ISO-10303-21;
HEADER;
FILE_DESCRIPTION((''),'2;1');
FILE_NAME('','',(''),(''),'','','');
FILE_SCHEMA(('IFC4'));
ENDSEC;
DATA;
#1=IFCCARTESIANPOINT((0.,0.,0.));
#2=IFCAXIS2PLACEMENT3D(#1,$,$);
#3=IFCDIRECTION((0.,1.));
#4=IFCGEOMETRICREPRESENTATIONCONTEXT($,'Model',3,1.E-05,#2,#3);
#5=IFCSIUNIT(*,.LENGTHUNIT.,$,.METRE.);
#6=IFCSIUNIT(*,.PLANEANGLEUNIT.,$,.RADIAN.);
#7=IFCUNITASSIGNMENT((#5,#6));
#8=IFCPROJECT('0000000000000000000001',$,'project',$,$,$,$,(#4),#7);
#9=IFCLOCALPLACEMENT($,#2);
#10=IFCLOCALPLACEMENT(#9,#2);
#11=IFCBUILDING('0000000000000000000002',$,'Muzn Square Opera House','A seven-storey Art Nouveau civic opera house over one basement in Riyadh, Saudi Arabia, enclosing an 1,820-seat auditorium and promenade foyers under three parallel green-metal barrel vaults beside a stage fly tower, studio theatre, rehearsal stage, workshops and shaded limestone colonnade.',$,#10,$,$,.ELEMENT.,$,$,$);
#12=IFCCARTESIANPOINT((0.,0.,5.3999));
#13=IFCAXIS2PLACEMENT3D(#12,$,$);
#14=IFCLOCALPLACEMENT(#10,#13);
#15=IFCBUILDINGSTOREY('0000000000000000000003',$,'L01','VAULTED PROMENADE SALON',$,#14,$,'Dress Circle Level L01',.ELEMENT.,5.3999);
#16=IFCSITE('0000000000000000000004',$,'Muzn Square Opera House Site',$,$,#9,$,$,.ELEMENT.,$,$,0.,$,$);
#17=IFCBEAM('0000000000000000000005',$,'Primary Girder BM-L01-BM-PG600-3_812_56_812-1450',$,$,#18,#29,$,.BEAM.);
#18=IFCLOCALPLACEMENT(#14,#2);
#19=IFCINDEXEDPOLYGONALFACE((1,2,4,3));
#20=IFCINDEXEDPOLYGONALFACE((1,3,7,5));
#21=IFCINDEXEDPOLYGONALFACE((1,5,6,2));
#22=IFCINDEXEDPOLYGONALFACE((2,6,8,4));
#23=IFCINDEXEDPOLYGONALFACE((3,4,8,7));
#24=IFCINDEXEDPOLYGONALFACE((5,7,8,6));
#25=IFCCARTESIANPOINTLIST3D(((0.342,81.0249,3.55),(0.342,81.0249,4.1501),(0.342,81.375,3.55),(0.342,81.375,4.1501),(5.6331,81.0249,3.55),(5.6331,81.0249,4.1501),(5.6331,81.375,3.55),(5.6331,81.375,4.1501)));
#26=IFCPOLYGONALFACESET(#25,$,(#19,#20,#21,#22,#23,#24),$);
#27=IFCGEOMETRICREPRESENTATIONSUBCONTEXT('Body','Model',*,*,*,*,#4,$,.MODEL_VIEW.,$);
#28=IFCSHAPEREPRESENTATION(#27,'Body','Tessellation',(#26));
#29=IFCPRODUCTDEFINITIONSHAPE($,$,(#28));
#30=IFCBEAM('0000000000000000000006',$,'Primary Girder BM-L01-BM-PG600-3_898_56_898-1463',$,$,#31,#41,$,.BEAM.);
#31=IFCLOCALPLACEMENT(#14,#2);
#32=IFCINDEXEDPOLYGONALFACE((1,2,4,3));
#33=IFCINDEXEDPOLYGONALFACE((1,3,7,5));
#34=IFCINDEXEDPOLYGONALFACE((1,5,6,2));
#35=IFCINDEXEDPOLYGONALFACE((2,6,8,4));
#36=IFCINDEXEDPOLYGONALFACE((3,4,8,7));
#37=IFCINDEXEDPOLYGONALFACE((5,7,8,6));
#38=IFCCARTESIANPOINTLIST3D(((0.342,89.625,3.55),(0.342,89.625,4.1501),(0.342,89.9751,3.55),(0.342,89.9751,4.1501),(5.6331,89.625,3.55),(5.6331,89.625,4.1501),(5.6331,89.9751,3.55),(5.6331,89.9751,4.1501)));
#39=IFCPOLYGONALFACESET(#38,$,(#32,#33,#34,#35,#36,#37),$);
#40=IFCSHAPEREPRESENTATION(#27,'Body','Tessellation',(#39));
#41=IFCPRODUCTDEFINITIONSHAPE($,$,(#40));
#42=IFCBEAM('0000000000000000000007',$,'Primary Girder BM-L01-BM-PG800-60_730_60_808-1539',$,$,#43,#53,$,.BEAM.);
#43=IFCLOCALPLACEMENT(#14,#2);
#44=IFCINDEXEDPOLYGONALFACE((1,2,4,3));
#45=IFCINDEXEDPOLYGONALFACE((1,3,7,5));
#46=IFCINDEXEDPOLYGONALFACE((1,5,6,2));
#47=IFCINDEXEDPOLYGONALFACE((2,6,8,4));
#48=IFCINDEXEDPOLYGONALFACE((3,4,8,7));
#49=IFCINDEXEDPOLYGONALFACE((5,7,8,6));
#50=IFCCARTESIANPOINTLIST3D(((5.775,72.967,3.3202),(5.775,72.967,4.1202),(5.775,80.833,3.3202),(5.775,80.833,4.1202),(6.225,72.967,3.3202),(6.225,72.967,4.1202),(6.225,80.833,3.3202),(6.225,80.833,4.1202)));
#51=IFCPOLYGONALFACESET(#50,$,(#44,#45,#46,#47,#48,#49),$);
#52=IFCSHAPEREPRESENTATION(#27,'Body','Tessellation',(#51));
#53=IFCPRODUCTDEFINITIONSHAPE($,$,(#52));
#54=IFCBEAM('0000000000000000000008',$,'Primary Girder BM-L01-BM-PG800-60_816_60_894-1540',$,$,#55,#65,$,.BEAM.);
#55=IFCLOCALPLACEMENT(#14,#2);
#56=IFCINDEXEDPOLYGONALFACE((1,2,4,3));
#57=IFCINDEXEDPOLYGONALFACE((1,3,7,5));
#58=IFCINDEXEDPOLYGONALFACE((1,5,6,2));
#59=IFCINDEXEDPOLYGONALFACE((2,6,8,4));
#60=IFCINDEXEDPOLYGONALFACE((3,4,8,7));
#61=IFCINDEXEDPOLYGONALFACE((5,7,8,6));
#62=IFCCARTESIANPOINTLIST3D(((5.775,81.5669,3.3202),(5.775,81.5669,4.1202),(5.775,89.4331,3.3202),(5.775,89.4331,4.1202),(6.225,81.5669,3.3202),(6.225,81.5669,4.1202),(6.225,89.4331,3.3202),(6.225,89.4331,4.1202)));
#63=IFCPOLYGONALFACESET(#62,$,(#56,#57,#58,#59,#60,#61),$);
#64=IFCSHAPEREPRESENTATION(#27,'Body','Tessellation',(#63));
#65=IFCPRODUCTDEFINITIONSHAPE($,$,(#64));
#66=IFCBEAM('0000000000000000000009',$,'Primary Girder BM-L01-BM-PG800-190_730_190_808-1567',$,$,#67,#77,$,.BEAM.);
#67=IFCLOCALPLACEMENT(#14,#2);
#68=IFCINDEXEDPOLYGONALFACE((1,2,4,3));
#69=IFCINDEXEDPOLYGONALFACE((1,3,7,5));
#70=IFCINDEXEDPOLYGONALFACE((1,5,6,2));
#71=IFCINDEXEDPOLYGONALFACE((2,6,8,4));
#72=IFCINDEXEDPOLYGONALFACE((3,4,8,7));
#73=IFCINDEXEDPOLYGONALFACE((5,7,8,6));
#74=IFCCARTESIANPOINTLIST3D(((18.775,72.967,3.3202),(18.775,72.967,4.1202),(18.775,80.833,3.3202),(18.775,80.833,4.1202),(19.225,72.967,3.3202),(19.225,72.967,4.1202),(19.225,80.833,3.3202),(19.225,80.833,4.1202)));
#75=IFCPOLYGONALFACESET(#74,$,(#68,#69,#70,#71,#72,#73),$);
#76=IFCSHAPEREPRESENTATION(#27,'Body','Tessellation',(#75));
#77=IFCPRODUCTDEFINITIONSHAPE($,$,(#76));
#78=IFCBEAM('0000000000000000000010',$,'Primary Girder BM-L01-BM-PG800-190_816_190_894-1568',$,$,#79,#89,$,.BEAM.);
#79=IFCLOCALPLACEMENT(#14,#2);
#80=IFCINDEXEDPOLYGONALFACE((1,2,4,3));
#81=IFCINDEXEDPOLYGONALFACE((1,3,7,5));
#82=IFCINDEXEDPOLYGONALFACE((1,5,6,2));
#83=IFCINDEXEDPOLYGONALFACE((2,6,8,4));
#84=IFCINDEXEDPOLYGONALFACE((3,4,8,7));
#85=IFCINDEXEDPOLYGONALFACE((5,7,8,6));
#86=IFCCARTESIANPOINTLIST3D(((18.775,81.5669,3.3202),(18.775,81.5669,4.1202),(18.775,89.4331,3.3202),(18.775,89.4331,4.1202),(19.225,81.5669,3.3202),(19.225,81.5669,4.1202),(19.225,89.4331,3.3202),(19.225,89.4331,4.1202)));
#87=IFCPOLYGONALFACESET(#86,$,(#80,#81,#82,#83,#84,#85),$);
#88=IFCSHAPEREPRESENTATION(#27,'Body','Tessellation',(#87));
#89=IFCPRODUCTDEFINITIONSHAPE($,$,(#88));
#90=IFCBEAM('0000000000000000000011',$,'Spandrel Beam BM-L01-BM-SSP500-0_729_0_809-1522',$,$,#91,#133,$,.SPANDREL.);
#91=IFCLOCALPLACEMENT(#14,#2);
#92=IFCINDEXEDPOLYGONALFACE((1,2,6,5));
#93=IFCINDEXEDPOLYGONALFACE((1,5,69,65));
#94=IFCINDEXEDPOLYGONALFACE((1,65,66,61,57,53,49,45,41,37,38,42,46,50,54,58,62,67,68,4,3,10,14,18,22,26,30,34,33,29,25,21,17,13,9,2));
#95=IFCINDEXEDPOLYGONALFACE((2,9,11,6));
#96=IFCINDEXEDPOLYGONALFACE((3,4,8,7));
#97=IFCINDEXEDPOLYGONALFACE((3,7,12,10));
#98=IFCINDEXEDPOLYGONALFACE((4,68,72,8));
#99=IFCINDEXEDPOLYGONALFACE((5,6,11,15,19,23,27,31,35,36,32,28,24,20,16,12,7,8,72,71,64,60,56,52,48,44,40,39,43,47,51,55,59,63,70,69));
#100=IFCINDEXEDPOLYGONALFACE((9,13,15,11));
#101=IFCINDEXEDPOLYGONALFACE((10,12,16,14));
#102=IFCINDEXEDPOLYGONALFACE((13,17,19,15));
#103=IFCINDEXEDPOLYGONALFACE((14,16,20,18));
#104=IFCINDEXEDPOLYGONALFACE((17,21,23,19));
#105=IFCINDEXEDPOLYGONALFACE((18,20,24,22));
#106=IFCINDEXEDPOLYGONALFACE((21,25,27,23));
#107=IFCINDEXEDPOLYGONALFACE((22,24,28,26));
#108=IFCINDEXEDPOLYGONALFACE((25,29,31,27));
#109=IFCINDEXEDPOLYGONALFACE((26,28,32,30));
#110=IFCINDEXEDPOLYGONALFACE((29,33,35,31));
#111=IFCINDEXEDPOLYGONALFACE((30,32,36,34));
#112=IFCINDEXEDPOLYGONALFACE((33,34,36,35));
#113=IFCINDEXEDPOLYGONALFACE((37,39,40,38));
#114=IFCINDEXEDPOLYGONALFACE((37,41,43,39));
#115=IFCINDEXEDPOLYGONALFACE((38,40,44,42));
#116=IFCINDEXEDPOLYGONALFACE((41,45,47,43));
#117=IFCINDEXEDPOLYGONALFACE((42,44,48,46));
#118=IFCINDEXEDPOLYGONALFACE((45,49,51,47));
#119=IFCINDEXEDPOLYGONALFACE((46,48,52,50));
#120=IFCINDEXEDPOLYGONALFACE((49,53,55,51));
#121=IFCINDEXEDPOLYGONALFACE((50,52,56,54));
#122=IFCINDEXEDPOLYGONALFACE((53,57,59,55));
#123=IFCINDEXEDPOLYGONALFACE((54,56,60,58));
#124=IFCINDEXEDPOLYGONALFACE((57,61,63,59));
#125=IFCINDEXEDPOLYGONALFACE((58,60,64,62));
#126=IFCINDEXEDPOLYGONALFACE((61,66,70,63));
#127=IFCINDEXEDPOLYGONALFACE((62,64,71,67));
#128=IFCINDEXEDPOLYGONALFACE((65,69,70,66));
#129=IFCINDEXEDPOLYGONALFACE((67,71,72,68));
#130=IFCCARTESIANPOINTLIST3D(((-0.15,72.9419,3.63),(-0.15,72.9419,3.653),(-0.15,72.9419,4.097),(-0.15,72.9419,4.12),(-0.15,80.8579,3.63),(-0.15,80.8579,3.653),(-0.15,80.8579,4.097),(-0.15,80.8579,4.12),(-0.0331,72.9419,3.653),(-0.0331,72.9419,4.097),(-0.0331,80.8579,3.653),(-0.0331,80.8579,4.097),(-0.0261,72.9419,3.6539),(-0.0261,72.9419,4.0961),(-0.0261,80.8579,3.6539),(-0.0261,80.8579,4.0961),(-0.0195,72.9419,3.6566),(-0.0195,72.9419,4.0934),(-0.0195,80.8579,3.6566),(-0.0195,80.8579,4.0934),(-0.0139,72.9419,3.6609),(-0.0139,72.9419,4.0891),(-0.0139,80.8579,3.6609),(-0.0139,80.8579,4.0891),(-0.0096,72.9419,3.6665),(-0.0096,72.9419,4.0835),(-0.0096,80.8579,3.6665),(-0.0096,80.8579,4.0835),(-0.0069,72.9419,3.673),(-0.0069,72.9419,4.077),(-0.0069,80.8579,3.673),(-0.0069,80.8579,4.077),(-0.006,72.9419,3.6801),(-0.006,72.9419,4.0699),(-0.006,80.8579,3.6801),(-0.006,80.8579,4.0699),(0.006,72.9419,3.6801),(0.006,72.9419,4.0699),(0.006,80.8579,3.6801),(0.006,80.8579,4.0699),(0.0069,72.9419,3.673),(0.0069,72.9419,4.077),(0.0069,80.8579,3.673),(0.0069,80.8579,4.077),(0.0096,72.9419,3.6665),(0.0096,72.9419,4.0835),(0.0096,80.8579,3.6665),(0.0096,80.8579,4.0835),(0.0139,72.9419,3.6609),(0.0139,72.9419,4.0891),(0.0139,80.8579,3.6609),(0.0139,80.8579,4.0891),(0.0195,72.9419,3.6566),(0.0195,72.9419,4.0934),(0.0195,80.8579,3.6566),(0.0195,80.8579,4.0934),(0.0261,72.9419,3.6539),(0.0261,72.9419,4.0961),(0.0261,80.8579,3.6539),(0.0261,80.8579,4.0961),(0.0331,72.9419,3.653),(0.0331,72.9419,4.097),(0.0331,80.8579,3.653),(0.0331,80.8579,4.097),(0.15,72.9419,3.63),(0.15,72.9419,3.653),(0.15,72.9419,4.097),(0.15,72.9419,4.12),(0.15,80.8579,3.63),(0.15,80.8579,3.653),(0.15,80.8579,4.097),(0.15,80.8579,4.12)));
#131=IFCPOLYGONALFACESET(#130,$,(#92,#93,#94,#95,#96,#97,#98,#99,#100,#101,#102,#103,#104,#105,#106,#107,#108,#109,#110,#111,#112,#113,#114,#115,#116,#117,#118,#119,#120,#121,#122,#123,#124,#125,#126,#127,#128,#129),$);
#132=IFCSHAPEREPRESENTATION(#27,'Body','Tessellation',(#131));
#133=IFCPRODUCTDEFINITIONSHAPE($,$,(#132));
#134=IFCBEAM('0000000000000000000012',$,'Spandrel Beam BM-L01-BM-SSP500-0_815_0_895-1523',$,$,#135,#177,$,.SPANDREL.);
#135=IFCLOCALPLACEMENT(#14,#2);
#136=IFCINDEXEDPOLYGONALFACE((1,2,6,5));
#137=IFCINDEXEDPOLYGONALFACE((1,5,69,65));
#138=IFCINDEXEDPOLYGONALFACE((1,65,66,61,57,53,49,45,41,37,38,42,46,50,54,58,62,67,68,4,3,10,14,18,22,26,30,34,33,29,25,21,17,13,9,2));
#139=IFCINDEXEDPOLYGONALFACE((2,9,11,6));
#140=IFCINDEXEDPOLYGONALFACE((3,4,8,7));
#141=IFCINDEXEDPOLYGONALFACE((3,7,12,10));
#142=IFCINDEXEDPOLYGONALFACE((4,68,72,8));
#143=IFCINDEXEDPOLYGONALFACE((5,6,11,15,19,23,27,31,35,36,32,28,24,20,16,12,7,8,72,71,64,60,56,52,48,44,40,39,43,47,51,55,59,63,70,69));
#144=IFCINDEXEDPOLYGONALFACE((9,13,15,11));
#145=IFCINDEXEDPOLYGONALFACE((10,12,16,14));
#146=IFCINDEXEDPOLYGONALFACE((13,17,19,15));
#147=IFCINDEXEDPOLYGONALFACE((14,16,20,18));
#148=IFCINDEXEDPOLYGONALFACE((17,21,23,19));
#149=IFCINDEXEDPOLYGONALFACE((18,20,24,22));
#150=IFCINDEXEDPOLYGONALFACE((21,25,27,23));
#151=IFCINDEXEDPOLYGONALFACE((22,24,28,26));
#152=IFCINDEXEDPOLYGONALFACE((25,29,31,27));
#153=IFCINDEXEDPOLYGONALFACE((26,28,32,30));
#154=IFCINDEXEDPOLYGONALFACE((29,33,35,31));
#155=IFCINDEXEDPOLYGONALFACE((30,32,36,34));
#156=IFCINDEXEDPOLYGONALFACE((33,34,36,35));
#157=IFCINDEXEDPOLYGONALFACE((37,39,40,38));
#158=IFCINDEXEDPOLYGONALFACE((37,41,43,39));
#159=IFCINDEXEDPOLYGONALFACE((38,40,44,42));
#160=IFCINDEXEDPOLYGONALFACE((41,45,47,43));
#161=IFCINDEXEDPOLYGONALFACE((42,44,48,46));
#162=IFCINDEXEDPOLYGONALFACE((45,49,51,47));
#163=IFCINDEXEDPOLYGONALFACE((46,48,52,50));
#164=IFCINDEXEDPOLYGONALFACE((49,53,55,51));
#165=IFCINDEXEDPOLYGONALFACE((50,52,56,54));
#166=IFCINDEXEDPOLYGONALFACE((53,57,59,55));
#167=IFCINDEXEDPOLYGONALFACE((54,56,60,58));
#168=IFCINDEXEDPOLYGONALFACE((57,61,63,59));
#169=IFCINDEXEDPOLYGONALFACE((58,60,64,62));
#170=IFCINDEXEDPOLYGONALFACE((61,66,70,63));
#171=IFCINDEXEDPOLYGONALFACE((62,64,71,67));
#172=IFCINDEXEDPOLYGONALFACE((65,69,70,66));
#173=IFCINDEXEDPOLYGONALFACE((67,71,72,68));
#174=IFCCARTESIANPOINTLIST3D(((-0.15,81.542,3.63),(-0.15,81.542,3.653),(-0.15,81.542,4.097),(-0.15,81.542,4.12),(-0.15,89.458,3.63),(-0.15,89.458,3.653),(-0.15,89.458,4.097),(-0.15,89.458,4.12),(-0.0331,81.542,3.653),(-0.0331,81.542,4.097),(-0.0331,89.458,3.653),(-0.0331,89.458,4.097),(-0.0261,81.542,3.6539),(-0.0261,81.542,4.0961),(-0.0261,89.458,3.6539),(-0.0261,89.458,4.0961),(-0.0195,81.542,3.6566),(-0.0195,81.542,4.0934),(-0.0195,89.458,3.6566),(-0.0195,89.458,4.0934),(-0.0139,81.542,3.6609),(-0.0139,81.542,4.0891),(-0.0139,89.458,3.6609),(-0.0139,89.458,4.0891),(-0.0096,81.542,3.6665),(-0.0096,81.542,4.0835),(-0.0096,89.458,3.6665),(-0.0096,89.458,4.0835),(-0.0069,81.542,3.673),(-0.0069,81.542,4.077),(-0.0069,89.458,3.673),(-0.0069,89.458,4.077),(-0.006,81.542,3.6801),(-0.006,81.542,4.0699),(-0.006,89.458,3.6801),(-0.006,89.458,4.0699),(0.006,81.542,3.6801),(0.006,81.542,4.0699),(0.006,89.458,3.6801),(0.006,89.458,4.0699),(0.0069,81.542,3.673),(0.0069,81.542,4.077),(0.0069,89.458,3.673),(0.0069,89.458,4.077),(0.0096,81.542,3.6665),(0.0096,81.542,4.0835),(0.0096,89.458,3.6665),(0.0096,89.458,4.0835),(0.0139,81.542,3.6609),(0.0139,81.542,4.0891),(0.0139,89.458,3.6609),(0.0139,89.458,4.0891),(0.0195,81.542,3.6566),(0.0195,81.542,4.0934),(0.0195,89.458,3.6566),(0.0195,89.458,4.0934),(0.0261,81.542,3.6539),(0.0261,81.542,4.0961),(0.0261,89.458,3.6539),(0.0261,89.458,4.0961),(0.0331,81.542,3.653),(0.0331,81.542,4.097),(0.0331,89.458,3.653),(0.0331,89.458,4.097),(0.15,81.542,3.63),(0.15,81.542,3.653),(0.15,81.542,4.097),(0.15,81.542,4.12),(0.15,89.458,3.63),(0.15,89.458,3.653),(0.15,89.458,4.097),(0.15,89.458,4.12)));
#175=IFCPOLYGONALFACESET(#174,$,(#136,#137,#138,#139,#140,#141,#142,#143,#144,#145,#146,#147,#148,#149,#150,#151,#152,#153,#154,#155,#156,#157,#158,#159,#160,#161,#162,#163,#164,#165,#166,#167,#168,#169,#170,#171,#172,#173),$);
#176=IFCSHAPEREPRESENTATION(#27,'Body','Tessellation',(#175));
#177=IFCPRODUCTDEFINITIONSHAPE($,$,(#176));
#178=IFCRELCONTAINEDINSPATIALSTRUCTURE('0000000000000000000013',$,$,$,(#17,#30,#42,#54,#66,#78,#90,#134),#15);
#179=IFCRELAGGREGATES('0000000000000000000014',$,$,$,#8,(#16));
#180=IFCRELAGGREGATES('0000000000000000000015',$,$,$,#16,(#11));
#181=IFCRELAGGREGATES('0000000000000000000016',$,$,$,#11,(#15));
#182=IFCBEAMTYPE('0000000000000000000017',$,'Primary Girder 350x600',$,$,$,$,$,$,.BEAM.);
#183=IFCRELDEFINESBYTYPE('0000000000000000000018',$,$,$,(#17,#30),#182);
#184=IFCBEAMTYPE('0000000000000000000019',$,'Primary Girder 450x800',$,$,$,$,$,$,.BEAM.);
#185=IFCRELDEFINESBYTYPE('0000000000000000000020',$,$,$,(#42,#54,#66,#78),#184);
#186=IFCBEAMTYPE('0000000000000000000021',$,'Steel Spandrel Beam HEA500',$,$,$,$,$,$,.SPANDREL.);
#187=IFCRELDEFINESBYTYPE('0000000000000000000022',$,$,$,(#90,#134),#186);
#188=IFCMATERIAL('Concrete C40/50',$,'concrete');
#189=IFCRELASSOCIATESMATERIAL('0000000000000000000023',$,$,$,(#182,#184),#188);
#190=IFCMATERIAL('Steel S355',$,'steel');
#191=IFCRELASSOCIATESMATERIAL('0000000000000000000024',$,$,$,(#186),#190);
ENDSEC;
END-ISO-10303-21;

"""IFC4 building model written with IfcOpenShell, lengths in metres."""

from ifc_helpers import new_model, si_unit, direction, frame, origin, origin_2d, place, context, subcontext, project, spatial, rectangle, i_section, extrude, material, material_profile, profile_set, type_object, element, save


model = new_model("IFC4")

# Units and contexts
model_context = context("Model", 3, precision=1e-05, world=origin(), true_north=direction((0.0, 1.0)))
body_context = subcontext(model_context, "Body", "Model", "MODEL_VIEW")
ifc_project = project(units=[si_unit("LENGTHUNIT", "METRE"), si_unit("PLANEANGLEUNIT", "RADIAN")], contexts=[model_context])

# Site, building, storey
site_placement = place(None, origin())
site = spatial("IfcSite", under=ifc_project, at=site_placement, Name="Muzn Square Opera House Site", CompositionType="ELEMENT", RefElevation=0.0)
building_placement = place(site_placement, origin())
building = spatial("IfcBuilding", under=site, at=building_placement, Name="Muzn Square Opera House", Description="A seven-storey Art Nouveau civic opera house over one basement in Riyadh, Saudi Arabia, enclosing an 1,820-seat auditorium and promenade foyers under three parallel green-metal barrel vaults beside a stage fly tower, studio theatre, rehearsal stage, workshops and shaded limestone colonnade.", CompositionType="ELEMENT")
storey_placement = place(building_placement, frame((0.0, 0.0, 5.3999)))
storey = spatial("IfcBuildingStorey", under=building, at=storey_placement, Name="L01", Description="VAULTED PROMENADE SALON", LongName="Dress Circle Level L01", CompositionType="ELEMENT", Elevation=5.3999)

# Beams
ifc_material_1 = material(Name="Concrete C40/50", Category="concrete")
ifc_material_profile_1 = material_profile(ifc_material_1, rectangle(XDim=0.3501, YDim=0.6001, at=origin_2d()), Name="RCB 350x600", Category="concrete")
ifc_profile_set_1 = profile_set([ifc_material_profile_1], Name="Concrete C40/50")
beam_type_1 = type_object("IfcBeamType", Name="Primary Girder 350x600", PredefinedType="BEAM", material=ifc_profile_set_1)
for number, where, z_axis, x_axis, name in (
    (1, (0.342, 81.2, 3.8501), (1.0, 0.0, 0.0), (0.0, 1.0, 0.0), "Primary Girder BM-L01-BM-PG600-3_812_56_812-1450"),
    (2, (0.342, 89.8, 3.8501), (1.0, 0.0, 0.0), (0.0, 1.0, 0.0), "Primary Girder BM-L01-BM-PG600-3_898_56_898-1463"),
):
    element("IfcBeam", number, at=place(storey_placement, frame(where, z_axis=z_axis, x_axis=x_axis)), inside=storey, type_object=beam_type_1, Name=name, PredefinedType="BEAM", context=body_context, shape_type="SweptSolid", body=[
        extrude(rectangle(XDim=0.3501, YDim=0.6001, at=origin_2d()), origin(), (0.0, 0.0, 1.0), 5.291),
    ])
ifc_material_profile_2 = material_profile(ifc_material_1, rectangle(XDim=0.45, YDim=0.8, at=origin_2d()), Name="RCB 450x800", Category="concrete")
ifc_profile_set_2 = profile_set([ifc_material_profile_2], Name="Concrete C40/50")
beam_type_2 = type_object("IfcBeamType", Name="Primary Girder 450x800", PredefinedType="BEAM", material=ifc_profile_set_2)
beam_1_placement = place(storey_placement, frame((6.0, 72.967, 3.7202), z_axis=(0.0, 1.0, 0.0), x_axis=(-1.0, 0.0, 0.0)))
element("IfcBeam", 3, at=beam_1_placement, inside=storey, type_object=beam_type_2, Name="Primary Girder BM-L01-BM-PG800-60_730_60_808-1539", PredefinedType="BEAM", context=body_context, shape_type="SweptSolid", body=[
    extrude(rectangle(XDim=0.45, YDim=0.8, at=origin_2d()), origin(), (0.0, 0.0, 1.0), 7.866),
])
beam_2_placement = place(storey_placement, frame((6.0, 81.5669, 3.7202), z_axis=(0.0, 1.0, 0.0), x_axis=(-1.0, 0.0, 0.0)))
element("IfcBeam", 4, at=beam_2_placement, inside=storey, type_object=beam_type_2, Name="Primary Girder BM-L01-BM-PG800-60_816_60_894-1540", PredefinedType="BEAM", context=body_context, shape_type="SweptSolid", body=[
    extrude(rectangle(XDim=0.45, YDim=0.8, at=origin_2d()), origin(), (0.0, 0.0, 1.0), 7.8662),
])
beam_3_placement = place(storey_placement, frame((19.0, 72.967, 3.7202), z_axis=(0.0, 1.0, 0.0), x_axis=(-1.0, 0.0, 0.0)))
element("IfcBeam", 5, at=beam_3_placement, inside=storey, type_object=beam_type_2, Name="Primary Girder BM-L01-BM-PG800-190_730_190_808-1567", PredefinedType="BEAM", context=body_context, shape_type="SweptSolid", body=[
    extrude(rectangle(XDim=0.45, YDim=0.8, at=origin_2d()), origin(), (0.0, 0.0, 1.0), 7.866),
])
beam_4_placement = place(storey_placement, frame((19.0, 81.5669, 3.7202), z_axis=(0.0, 1.0, 0.0), x_axis=(-1.0, 0.0, 0.0)))
element("IfcBeam", 6, at=beam_4_placement, inside=storey, type_object=beam_type_2, Name="Primary Girder BM-L01-BM-PG800-190_816_190_894-1568", PredefinedType="BEAM", context=body_context, shape_type="SweptSolid", body=[
    extrude(rectangle(XDim=0.45, YDim=0.8, at=origin_2d()), origin(), (0.0, 0.0, 1.0), 7.8662),
])
ifc_material_2 = material(Name="Steel S355", Category="steel")
ifc_material_profile_3 = material_profile(ifc_material_2, i_section(OverallWidth=0.3, OverallDepth=0.49, WebThickness=0.012, FlangeThickness=0.0229, FilletRadius=0.0271, at=origin_2d()), Name="HEA 500", Category="steel")
ifc_profile_set_3 = profile_set([ifc_material_profile_3], Name="Steel S355")
beam_type_3 = type_object("IfcBeamType", Name="Steel Spandrel Beam HEA500", PredefinedType="SPANDREL", material=ifc_profile_set_3)
for number, where, z_axis, x_axis, name in (
    (7, (0.0, 72.9419, 3.875), (0.0, 1.0, 0.0), (-1.0, 0.0, 0.0), "Spandrel Beam BM-L01-BM-SSP500-0_729_0_809-1522"),
    (8, (0.0, 81.542, 3.875), (0.0, 1.0, 0.0), (-1.0, 0.0, 0.0), "Spandrel Beam BM-L01-BM-SSP500-0_815_0_895-1523"),
):
    element("IfcBeam", number, at=place(storey_placement, frame(where, z_axis=z_axis, x_axis=x_axis)), inside=storey, type_object=beam_type_3, Name=name, PredefinedType="SPANDREL", context=body_context, shape_type="SweptSolid", body=[
        extrude(i_section(OverallWidth=0.3, OverallDepth=0.49, WebThickness=0.012, FlangeThickness=0.0229, FilletRadius=0.0271, at=origin_2d()), origin(), (0.0, 0.0, 1.0), 7.916),
    ])

save(model, "model.ifc")
